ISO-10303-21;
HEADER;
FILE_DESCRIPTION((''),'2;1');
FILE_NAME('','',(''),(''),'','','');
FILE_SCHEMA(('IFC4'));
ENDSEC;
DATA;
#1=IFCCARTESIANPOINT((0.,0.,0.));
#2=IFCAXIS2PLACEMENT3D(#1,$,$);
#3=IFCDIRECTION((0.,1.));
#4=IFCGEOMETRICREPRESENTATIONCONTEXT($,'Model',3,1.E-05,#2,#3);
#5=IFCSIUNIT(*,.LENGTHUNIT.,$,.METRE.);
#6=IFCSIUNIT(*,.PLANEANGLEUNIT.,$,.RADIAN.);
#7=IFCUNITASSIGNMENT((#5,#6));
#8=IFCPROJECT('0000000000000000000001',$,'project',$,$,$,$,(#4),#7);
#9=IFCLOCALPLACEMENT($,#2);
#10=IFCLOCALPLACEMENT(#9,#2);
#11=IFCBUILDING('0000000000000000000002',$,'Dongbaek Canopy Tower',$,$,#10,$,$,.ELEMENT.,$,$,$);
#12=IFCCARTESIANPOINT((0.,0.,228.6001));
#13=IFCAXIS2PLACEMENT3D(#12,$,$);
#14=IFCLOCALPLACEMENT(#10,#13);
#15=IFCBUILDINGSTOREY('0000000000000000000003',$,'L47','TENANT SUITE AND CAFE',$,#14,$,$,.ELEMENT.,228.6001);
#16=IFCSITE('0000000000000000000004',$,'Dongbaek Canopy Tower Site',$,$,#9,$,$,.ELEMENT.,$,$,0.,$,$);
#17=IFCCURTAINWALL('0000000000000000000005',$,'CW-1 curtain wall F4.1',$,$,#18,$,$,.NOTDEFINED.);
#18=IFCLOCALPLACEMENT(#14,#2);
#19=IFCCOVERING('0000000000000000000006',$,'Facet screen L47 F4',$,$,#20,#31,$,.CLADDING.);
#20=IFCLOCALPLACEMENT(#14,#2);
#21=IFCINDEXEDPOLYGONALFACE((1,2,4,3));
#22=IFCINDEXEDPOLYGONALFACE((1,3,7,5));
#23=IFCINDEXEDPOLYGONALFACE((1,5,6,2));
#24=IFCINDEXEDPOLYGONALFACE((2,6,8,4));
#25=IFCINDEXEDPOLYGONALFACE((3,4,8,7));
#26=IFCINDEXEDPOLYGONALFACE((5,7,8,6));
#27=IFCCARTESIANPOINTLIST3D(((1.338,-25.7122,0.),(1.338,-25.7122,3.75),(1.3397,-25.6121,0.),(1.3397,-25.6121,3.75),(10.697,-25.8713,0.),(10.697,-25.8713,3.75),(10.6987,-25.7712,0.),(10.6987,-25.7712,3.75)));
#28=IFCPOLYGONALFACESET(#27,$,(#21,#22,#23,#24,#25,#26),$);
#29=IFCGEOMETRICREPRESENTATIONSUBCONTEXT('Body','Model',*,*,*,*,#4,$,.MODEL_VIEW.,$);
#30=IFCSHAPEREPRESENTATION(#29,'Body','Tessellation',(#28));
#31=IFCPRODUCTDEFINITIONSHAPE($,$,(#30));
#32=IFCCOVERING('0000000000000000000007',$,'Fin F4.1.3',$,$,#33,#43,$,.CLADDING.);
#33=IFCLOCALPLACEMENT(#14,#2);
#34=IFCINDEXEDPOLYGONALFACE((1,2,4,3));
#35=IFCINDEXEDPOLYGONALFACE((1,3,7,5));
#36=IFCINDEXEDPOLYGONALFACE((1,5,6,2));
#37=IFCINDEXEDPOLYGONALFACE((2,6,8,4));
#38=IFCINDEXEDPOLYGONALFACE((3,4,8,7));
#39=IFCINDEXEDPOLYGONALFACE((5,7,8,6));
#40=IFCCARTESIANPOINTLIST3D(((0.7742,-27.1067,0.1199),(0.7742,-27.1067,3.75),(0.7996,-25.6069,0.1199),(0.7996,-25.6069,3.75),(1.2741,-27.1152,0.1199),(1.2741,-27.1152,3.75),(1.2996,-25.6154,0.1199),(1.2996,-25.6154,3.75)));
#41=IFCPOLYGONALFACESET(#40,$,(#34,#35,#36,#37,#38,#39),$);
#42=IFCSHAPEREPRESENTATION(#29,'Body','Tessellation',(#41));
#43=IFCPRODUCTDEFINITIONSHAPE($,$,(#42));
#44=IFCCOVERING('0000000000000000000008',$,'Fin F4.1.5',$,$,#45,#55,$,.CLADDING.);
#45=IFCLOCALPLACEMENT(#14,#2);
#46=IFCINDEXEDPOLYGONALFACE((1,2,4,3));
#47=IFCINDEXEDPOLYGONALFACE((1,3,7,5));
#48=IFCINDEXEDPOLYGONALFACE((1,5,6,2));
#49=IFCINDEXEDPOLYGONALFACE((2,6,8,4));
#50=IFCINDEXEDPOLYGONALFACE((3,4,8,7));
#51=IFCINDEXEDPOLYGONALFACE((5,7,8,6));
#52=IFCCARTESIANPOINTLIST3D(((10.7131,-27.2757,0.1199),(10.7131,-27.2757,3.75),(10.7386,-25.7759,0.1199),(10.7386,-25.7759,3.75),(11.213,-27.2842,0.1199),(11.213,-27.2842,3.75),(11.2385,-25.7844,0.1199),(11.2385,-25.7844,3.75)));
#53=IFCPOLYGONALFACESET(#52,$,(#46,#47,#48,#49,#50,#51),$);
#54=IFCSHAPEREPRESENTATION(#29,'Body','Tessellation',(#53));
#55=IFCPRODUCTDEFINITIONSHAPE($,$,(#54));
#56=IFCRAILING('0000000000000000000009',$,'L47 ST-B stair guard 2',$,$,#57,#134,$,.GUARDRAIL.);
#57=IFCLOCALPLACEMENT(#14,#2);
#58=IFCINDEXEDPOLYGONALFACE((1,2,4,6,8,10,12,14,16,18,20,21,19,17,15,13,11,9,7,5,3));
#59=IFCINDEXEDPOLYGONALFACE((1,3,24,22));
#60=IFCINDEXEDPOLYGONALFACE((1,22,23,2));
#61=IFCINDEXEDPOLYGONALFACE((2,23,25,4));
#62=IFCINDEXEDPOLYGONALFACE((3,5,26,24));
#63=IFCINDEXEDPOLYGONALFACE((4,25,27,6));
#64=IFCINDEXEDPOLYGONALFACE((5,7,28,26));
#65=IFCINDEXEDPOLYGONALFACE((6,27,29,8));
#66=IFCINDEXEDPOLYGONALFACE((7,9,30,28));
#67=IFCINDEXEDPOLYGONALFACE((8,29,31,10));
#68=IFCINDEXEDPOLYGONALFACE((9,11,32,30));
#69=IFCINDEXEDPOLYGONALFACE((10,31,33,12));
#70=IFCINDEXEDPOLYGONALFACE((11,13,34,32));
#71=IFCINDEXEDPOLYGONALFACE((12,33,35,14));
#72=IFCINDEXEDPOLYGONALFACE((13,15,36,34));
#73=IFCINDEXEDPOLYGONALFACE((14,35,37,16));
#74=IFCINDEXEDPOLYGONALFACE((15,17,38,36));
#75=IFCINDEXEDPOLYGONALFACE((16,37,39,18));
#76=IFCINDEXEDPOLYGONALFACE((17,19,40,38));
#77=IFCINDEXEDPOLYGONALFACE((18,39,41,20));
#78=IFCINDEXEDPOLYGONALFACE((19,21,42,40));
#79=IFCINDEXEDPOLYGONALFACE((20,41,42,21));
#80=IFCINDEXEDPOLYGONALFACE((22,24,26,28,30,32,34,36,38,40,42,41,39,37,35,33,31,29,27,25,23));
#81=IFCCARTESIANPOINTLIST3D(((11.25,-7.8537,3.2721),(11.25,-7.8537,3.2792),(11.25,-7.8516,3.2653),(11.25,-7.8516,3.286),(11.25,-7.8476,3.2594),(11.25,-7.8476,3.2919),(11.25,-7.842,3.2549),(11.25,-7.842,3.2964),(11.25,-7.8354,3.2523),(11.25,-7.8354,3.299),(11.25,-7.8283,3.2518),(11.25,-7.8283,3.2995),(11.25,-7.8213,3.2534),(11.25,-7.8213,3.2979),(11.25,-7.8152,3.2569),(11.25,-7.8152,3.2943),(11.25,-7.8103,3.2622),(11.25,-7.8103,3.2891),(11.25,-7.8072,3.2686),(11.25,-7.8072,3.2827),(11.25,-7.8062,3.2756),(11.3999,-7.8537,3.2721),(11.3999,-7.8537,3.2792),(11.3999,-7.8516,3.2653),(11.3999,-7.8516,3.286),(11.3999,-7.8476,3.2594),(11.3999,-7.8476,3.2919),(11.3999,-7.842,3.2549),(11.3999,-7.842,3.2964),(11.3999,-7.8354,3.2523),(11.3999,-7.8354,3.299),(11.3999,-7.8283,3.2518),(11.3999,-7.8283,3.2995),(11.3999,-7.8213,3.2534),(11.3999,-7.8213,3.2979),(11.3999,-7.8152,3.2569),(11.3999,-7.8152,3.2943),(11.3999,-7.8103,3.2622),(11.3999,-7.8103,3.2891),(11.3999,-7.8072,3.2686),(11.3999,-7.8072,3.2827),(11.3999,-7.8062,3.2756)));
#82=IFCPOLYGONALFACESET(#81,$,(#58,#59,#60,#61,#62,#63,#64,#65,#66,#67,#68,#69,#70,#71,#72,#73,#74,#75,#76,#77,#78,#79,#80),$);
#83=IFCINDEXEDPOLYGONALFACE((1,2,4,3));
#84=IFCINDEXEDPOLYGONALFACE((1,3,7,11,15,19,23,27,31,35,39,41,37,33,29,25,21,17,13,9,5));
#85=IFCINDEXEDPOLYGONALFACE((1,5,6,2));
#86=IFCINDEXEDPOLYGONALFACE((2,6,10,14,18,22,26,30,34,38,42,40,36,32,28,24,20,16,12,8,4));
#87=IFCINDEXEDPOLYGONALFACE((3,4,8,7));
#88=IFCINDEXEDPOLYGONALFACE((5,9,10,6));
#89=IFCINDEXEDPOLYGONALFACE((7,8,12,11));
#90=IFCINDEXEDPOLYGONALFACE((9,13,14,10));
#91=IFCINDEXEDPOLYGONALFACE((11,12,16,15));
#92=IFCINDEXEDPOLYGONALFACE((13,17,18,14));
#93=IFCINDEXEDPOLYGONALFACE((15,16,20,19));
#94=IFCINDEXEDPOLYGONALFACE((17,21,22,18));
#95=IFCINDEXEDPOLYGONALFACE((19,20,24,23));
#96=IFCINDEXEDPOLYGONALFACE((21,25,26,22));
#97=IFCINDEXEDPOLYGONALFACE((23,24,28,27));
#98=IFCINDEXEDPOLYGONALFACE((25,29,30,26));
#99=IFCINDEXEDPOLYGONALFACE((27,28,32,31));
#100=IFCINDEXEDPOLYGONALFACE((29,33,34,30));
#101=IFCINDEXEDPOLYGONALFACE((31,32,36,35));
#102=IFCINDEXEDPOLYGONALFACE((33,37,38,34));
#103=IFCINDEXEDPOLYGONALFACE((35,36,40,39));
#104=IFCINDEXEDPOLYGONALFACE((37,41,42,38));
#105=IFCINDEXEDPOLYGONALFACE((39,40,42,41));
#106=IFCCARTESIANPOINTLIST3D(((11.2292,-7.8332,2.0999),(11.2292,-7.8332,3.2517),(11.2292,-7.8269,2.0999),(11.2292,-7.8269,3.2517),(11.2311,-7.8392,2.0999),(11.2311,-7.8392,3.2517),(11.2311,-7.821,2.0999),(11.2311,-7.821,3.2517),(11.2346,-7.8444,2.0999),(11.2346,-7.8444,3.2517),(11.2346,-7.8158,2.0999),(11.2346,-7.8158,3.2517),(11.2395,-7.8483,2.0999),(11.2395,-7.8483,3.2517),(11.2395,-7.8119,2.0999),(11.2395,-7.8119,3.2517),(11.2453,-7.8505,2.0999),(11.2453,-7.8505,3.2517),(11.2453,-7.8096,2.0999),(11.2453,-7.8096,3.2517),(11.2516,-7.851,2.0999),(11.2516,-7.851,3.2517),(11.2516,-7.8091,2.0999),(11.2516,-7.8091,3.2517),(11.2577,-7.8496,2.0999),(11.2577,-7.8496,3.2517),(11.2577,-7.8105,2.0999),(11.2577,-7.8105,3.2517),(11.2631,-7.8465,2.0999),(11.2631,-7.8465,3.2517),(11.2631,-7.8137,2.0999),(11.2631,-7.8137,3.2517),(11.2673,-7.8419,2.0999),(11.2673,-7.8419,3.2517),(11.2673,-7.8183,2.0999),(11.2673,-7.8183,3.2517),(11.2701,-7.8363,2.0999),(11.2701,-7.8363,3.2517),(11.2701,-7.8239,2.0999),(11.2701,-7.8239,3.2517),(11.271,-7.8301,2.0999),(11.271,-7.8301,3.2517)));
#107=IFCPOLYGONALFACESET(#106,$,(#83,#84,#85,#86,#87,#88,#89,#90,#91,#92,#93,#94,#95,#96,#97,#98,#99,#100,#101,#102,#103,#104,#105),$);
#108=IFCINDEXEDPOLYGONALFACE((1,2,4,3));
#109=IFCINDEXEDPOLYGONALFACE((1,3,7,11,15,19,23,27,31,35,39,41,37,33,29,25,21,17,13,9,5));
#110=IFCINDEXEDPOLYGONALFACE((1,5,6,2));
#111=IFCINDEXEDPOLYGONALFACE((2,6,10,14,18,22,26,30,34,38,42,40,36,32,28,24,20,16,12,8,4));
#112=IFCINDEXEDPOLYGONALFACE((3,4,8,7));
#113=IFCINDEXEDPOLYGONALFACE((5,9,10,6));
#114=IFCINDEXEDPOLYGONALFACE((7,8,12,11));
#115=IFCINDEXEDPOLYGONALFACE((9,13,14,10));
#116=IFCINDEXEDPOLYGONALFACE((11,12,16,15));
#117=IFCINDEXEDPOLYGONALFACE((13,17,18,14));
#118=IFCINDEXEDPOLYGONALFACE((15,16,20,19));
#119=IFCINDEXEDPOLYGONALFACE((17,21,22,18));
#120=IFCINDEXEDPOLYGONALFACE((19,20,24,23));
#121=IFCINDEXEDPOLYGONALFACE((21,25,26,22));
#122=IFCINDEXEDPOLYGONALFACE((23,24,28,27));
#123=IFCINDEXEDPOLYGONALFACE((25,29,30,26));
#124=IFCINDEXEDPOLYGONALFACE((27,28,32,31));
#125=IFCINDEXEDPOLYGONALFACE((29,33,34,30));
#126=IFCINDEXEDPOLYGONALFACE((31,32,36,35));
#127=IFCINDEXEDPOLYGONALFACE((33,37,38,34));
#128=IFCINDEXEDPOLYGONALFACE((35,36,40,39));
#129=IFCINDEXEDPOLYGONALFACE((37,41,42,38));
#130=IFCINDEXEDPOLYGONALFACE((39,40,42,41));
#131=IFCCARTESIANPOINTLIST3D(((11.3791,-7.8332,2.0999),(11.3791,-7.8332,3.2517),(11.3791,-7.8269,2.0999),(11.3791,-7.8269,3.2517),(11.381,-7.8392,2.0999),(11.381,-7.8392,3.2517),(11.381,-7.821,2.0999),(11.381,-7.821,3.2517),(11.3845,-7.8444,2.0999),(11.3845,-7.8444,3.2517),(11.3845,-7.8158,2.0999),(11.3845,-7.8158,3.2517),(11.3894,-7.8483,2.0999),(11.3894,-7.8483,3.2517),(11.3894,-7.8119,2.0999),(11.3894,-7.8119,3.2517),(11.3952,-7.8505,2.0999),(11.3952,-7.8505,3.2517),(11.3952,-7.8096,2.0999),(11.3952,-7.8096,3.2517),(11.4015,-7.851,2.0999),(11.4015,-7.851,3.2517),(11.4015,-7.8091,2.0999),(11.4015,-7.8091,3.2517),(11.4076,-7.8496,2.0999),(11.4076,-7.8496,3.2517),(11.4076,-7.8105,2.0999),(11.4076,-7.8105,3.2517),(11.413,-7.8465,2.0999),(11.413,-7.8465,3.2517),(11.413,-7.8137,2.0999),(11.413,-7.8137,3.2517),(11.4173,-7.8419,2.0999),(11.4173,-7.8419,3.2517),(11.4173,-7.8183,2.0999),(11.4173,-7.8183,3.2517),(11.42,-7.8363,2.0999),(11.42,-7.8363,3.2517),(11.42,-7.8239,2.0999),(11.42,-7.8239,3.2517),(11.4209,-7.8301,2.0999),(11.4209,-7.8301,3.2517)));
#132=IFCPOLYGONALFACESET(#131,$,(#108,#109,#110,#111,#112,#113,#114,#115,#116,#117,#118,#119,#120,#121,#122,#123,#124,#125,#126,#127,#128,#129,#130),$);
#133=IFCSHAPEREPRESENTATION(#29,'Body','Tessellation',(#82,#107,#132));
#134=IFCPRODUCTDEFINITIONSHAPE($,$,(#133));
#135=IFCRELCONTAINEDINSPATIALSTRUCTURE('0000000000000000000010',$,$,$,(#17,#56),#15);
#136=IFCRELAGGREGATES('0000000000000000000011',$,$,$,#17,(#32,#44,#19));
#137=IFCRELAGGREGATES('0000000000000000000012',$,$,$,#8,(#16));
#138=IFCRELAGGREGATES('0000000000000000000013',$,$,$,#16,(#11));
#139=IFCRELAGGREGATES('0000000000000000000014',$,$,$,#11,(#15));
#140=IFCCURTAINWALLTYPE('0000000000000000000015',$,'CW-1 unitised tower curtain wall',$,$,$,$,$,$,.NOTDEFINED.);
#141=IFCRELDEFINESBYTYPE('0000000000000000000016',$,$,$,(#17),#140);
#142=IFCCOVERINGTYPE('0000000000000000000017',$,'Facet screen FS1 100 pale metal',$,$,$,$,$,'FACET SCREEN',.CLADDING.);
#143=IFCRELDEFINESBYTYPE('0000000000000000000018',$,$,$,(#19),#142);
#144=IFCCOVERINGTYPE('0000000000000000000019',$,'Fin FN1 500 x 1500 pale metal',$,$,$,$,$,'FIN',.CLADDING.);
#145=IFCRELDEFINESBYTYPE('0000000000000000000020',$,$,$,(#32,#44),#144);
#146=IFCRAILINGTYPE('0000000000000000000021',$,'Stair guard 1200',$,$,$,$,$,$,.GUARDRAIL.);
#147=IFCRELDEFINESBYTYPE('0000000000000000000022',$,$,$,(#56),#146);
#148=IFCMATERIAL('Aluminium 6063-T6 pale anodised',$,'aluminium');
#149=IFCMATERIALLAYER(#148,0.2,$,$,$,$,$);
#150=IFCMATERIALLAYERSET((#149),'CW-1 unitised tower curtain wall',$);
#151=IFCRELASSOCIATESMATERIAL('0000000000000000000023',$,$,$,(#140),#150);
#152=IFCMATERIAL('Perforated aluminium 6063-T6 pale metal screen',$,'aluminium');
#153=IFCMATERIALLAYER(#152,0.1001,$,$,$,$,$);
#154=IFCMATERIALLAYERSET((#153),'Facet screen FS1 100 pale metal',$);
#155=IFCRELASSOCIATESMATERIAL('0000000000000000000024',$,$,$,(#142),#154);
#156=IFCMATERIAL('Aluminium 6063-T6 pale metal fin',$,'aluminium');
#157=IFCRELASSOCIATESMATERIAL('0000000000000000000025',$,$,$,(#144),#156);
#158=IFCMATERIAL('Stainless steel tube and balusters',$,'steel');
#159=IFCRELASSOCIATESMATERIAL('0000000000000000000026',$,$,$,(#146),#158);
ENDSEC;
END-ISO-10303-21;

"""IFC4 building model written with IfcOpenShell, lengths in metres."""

from ifc_helpers import new_model, si_unit, direction, frame, origin, origin_2d, place, context, subcontext, project, spatial, rectangle, circle, extrude, material, layer, layer_set, material_profile, profile_set, type_object, element, aggregate, save


model = new_model("IFC4")

# Units and contexts
model_context = context("Model", 3, precision=1e-05, world=origin(), true_north=direction((0.0, 1.0)))
body_context = subcontext(model_context, "Body", "Model", "MODEL_VIEW")
ifc_project = project(units=[si_unit("LENGTHUNIT", "METRE"), si_unit("PLANEANGLEUNIT", "RADIAN")], contexts=[model_context])

# Site, building, storey
site_placement = place(None, origin())
site = spatial("IfcSite", under=ifc_project, at=site_placement, Name="Dongbaek Canopy Tower Site", CompositionType="ELEMENT", RefElevation=0.0)
building_placement = place(site_placement, origin())
building = spatial("IfcBuilding", under=site, at=building_placement, Name="Dongbaek Canopy Tower", CompositionType="ELEMENT")
storey_placement = place(building_placement, frame((0.0, 0.0, 228.6001)))
storey = spatial("IfcBuildingStorey", under=building, at=storey_placement, Name="L47", Description="TENANT SUITE AND CAFE", CompositionType="ELEMENT", Elevation=228.6001)

# Curtain wall
ifc_material_1 = material(Name="Aluminium 6063-T6 pale anodised", Category="aluminium")
ifc_layer_1 = layer(ifc_material_1, 0.2)
ifc_layer_set_1 = layer_set([ifc_layer_1], Name="CW-1 unitised tower curtain wall")
curtain_wall_type = type_object("IfcCurtainWallType", Name="CW-1 unitised tower curtain wall", PredefinedType="NOTDEFINED", material=ifc_layer_set_1)
curtain_wall_1_placement = place(storey_placement, origin())
curtain_wall_1 = element("IfcCurtainWall", 1, at=curtain_wall_1_placement, inside=storey, type_object=curtain_wall_type, Name="CW-1 curtain wall F4.1", PredefinedType="NOTDEFINED")

# Coverings
ifc_material_2 = material(Name="Perforated aluminium 6063-T6 pale metal screen", Category="aluminium")
ifc_layer_2 = layer(ifc_material_2, 0.1001)
ifc_layer_set_2 = layer_set([ifc_layer_2], Name="Facet screen FS1 100 pale metal")
covering_type_1 = type_object("IfcCoveringType", Name="Facet screen FS1 100 pale metal", ElementType="FACET SCREEN", PredefinedType="CLADDING", material=ifc_layer_set_2)
covering_1_placement = place(storey_placement, frame((6.0183, -25.7417, 0.0), z_axis=(0.0, 0.0, 1.0), x_axis=(0.999856, -0.016993, 0.0)))
covering_1 = element("IfcCovering", 2, at=covering_1_placement, type_object=covering_type_1, Name="Facet screen L47 F4", PredefinedType="CLADDING", context=body_context, shape_type="SweptSolid", body=[
    extrude(rectangle(XDim=9.3604, YDim=0.1001, at=origin_2d()), origin(), (0.0, 0.0, 1.0), 3.75),
])
ifc_material_3 = material(Name="Aluminium 6063-T6 pale metal fin", Category="aluminium")
ifc_material_profile_1 = material_profile(ifc_material_3, rectangle(XDim=1.5, YDim=0.5, at=origin_2d()), Name="Fin FN1 500 x 1500 pale metal")
ifc_profile_set_1 = profile_set([ifc_material_profile_1], Name="Aluminium 6063-T6 pale metal fin")
covering_type_2 = type_object("IfcCoveringType", Name="Fin FN1 500 x 1500 pale metal", ElementType="FIN", PredefinedType="CLADDING", material=ifc_profile_set_1)
covering_2_placement = place(storey_placement, frame((1.0369, -26.3611, 0.1199), z_axis=(0.0, 0.0, 1.0), x_axis=(-0.016993, -0.999856, 0.0)))
covering_2 = element("IfcCovering", 3, at=covering_2_placement, type_object=covering_type_2, Name="Fin F4.1.3", PredefinedType="CLADDING", context=body_context, shape_type="SweptSolid", body=[
    extrude(rectangle(XDim=1.5, YDim=0.5, at=origin_2d()), origin(), (0.0, 0.0, 1.0), 3.6301),
])
covering_3_placement = place(storey_placement, frame((10.9758, -26.53, 0.1199), z_axis=(0.0, 0.0, 1.0), x_axis=(-0.016993, -0.999856, 0.0)))
covering_3 = element("IfcCovering", 4, at=covering_3_placement, type_object=covering_type_2, Name="Fin F4.1.5", PredefinedType="CLADDING", context=body_context, shape_type="SweptSolid", body=[
    extrude(rectangle(XDim=1.5, YDim=0.5, at=origin_2d()), origin(), (0.0, 0.0, 1.0), 3.6301),
])
aggregate(curtain_wall_1, [covering_2, covering_3, covering_1])

# Railing
ifc_material_4 = material(Name="Stainless steel tube and balusters", Category="steel")
railing_type = type_object("IfcRailingType", Name="Stair guard 1200", PredefinedType="GUARDRAIL", material=ifc_material_4)
railing_placement = place(storey_placement, frame((11.25, -7.8301, 2.0999)))
element("IfcRailing", 5, at=railing_placement, inside=storey, type_object=railing_type, Name="L47 ST-B stair guard 2", PredefinedType="GUARDRAIL", context=body_context, shape_type="SweptSolid", body=[
    extrude(circle(Radius=0.0239, at=origin_2d()), frame((0.0, 0.0, 1.1758), z_axis=(1.0, 0.0, 0.0), x_axis=(0.0, 1.0, 0.0)), (0.0, 0.0, 1.0), 0.1499),
    extrude(circle(Radius=0.021, at=origin_2d()), origin(), (0.0, 0.0, 1.0), 1.1519),
    extrude(circle(Radius=0.021, at=origin_2d()), frame((0.1499, 0.0, 0.0)), (0.0, 0.0, 1.0), 1.1519),
])

save(model, "model.ifc")
